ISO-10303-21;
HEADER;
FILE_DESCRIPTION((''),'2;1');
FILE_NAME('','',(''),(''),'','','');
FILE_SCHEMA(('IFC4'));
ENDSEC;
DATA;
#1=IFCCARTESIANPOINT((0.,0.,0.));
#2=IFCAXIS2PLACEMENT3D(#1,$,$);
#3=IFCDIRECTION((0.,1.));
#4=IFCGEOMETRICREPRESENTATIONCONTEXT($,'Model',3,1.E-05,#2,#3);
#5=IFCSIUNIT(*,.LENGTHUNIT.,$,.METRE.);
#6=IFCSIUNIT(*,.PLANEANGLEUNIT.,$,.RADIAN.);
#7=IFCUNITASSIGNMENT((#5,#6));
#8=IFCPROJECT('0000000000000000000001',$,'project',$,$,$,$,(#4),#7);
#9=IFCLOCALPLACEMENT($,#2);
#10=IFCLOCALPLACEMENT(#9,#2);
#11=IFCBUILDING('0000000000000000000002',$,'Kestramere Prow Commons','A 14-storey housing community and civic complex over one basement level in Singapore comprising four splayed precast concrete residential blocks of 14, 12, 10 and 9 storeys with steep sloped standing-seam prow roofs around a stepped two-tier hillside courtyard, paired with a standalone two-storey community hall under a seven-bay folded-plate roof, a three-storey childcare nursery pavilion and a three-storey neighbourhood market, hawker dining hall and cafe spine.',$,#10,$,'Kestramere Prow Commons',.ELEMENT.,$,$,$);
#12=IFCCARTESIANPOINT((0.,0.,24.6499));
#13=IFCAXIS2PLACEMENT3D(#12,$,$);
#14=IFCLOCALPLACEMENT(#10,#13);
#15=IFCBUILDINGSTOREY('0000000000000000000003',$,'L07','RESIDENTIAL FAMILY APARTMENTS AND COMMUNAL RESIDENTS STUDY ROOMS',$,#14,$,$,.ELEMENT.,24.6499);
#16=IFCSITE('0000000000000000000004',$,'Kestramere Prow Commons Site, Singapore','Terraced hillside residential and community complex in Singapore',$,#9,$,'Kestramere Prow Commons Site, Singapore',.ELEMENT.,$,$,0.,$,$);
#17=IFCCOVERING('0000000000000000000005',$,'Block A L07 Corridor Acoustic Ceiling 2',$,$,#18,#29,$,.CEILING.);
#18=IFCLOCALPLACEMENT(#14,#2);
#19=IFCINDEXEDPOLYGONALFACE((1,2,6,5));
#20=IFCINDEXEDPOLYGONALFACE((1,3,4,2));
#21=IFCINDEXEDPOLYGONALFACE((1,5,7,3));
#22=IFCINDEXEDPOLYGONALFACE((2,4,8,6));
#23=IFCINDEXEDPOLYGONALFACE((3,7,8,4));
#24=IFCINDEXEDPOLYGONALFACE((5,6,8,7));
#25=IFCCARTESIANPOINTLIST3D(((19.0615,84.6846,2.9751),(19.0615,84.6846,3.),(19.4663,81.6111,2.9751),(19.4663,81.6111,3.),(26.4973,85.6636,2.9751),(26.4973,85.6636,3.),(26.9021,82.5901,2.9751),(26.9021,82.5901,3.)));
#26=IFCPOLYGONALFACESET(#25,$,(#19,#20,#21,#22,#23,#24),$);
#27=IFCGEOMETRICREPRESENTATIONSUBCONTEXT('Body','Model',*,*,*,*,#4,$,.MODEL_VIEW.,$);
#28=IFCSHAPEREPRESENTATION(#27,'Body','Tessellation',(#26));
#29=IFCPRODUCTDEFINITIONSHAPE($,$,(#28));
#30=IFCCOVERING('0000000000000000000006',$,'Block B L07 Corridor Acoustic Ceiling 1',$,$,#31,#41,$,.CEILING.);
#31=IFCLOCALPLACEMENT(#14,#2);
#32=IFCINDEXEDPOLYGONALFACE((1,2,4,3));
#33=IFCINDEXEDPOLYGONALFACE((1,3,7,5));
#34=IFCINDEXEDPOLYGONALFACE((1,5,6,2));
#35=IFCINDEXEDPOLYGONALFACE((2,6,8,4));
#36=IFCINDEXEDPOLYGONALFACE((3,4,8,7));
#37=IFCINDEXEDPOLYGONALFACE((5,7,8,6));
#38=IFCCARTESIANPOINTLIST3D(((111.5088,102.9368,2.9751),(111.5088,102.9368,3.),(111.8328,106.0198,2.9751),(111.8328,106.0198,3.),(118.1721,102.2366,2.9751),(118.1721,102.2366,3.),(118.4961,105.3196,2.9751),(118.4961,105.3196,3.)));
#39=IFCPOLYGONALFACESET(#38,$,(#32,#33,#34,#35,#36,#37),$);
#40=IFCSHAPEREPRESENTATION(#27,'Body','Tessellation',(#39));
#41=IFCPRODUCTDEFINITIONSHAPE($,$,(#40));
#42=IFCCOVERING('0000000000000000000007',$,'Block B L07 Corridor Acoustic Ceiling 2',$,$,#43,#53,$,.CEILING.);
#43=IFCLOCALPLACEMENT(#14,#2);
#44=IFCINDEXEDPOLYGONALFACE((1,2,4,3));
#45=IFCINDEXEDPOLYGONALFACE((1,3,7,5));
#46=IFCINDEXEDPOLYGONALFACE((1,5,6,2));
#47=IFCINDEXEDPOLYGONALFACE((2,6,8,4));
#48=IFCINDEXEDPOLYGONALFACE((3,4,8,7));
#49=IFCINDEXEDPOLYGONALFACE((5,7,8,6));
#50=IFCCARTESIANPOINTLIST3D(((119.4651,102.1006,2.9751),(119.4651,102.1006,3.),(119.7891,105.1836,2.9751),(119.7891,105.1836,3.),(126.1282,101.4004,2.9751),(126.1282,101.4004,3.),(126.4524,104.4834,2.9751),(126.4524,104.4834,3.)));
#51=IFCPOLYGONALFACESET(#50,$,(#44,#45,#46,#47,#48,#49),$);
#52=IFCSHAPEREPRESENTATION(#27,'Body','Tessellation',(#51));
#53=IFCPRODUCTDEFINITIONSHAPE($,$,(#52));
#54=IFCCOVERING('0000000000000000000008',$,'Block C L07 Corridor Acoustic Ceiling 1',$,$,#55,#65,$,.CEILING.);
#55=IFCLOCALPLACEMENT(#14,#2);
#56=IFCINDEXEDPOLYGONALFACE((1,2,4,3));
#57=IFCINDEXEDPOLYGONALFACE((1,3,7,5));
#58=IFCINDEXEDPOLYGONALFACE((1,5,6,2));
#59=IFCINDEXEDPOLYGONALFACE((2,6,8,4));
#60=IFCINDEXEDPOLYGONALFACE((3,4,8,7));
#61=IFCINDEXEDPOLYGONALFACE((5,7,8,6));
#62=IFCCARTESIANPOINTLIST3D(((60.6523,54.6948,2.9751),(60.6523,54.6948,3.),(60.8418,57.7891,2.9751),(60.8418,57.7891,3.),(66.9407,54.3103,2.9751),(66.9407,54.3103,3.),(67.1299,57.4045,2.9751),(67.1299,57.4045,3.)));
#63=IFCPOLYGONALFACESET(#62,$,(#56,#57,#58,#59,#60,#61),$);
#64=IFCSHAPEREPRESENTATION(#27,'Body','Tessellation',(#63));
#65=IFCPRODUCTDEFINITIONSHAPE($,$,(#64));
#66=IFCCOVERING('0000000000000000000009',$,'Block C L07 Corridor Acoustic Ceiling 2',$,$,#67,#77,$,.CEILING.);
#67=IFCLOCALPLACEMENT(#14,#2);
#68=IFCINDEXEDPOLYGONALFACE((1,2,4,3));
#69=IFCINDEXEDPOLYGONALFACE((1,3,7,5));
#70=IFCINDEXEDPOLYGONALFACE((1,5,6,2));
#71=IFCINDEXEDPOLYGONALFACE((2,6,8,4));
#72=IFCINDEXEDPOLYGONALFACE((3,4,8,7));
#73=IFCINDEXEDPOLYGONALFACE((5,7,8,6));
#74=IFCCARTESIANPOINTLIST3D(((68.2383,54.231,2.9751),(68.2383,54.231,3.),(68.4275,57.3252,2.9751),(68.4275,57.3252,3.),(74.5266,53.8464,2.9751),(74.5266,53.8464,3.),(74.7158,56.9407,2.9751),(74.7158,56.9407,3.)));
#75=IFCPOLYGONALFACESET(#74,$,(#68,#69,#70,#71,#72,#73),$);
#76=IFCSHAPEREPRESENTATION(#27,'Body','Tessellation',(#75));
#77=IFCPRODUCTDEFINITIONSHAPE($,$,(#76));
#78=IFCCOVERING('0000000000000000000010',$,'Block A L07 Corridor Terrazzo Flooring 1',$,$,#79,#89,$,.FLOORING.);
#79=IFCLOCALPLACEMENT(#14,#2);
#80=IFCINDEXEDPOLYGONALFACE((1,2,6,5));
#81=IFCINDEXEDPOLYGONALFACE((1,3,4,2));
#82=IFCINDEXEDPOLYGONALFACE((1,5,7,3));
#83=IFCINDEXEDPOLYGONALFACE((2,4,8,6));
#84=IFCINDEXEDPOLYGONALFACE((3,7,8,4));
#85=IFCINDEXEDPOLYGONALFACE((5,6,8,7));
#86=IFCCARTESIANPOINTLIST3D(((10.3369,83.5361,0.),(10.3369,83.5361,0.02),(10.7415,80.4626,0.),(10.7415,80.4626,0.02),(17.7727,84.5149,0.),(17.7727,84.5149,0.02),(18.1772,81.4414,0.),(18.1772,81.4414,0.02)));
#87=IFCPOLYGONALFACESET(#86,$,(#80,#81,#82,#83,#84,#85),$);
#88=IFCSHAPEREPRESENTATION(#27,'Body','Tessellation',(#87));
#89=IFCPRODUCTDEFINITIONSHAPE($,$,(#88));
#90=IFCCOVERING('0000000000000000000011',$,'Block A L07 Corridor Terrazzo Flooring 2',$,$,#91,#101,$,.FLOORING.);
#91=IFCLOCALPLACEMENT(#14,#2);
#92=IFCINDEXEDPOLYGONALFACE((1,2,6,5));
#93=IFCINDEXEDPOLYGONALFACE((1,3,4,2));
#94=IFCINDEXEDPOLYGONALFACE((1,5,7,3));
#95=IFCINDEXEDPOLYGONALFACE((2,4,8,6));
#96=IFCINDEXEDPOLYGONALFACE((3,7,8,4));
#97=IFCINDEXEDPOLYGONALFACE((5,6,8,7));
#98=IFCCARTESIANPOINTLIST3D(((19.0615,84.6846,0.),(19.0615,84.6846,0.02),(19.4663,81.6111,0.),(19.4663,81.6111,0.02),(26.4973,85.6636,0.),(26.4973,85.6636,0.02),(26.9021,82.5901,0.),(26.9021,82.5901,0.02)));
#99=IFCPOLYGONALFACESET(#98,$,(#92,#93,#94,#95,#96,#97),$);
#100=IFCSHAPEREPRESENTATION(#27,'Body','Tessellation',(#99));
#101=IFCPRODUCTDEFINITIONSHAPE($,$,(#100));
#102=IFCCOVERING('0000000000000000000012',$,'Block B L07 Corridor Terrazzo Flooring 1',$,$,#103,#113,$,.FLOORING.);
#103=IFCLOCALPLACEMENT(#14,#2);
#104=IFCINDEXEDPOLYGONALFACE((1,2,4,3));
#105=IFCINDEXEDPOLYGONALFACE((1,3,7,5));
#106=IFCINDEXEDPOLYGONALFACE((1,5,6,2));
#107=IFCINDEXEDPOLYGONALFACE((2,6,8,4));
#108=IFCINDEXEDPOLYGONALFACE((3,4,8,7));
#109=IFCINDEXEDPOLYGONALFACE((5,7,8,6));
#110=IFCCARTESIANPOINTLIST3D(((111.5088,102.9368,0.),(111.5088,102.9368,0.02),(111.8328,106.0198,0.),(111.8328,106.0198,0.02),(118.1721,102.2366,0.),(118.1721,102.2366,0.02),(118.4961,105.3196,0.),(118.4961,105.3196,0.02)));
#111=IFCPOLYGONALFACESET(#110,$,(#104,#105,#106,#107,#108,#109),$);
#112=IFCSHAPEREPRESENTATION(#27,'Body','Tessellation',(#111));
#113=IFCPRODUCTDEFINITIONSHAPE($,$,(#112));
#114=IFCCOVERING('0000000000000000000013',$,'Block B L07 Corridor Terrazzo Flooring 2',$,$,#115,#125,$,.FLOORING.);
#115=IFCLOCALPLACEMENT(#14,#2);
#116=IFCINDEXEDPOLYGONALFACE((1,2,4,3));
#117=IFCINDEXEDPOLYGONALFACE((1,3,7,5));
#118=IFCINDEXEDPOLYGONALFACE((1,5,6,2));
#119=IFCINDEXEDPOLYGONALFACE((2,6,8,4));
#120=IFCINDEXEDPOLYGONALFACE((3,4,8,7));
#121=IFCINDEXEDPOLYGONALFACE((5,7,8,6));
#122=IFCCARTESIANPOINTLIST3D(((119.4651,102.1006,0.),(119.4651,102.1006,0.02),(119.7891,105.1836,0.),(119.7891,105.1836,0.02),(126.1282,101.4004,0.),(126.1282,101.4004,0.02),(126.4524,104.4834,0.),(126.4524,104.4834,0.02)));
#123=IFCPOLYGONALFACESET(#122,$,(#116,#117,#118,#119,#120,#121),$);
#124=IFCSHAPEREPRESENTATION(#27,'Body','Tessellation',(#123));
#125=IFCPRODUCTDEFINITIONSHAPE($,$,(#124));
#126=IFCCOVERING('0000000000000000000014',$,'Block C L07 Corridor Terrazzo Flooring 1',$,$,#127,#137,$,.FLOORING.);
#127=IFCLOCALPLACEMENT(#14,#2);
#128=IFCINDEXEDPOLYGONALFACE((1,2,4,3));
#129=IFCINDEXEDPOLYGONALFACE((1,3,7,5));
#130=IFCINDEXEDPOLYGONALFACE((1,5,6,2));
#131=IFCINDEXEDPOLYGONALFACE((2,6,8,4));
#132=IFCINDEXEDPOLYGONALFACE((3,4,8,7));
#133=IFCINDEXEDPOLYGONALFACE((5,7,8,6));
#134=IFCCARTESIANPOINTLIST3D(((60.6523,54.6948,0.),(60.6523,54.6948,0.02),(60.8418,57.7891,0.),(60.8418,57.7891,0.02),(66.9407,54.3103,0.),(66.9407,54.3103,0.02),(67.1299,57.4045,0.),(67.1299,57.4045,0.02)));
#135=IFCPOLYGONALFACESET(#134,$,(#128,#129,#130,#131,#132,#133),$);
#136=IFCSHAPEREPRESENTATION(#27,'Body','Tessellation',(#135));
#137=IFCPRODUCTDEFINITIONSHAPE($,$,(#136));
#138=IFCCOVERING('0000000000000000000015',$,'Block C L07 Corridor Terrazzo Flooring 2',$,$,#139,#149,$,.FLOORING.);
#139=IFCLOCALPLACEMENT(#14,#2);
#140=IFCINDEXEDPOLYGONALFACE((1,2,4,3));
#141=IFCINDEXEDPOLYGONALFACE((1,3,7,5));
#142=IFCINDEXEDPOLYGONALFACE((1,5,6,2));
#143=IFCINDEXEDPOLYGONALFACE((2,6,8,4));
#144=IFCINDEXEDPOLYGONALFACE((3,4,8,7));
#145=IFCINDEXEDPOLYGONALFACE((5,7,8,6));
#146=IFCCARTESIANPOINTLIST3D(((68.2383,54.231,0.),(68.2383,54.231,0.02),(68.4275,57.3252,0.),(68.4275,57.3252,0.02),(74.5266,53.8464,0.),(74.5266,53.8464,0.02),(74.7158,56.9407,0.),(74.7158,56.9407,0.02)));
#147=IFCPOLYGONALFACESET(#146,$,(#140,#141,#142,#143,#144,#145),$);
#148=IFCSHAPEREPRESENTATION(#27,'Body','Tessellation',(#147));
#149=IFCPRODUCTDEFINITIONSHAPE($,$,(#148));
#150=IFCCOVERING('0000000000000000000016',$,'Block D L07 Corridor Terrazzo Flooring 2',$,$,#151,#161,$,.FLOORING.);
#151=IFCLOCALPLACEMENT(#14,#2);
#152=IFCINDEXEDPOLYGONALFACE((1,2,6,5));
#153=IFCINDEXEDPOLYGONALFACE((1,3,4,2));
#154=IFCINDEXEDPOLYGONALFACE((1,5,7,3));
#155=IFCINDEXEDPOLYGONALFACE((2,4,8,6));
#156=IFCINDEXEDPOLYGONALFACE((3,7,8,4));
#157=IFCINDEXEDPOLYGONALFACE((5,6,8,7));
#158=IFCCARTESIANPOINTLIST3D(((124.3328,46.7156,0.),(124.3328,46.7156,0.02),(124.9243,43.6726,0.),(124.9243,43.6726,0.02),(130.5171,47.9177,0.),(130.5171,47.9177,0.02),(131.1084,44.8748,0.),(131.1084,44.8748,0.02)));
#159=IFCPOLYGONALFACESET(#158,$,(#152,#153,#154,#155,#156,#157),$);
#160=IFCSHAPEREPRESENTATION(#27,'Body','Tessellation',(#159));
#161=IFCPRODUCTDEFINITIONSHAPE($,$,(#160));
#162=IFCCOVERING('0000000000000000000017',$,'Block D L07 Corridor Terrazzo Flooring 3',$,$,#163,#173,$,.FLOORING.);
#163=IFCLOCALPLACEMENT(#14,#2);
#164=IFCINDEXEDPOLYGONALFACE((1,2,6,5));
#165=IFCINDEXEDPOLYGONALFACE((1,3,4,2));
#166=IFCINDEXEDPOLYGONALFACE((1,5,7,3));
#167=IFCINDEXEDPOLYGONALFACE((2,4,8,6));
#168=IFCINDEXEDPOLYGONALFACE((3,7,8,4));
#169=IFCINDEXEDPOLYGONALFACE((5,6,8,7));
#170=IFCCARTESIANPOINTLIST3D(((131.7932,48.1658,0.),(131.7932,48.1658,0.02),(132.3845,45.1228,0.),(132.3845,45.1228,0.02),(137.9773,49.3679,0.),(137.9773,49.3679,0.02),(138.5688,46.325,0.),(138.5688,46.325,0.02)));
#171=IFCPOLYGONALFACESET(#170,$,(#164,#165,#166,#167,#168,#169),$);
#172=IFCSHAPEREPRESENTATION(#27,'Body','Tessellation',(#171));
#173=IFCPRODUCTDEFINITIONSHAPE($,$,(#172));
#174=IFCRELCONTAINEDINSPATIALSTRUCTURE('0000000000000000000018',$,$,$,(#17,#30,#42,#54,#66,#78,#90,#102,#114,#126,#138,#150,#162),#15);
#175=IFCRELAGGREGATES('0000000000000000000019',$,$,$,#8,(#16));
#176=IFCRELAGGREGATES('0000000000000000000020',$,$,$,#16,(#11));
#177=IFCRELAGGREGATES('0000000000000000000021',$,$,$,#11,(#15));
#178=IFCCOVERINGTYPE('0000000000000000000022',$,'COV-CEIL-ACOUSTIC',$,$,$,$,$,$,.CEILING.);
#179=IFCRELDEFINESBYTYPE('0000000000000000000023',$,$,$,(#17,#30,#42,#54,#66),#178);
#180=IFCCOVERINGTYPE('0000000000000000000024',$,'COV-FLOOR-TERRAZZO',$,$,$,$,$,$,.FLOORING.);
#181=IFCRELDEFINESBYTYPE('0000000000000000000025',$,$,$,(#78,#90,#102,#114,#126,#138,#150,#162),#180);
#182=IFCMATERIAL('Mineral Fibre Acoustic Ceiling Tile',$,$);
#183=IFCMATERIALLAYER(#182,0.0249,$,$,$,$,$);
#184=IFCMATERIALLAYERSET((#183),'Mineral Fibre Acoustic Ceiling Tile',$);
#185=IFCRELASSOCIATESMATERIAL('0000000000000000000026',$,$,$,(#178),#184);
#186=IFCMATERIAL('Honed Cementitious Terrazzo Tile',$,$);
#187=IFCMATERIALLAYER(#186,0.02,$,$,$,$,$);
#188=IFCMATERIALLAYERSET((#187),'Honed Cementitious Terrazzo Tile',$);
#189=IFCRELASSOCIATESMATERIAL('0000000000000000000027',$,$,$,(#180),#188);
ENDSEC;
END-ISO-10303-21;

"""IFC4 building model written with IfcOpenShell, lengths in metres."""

from ifc_helpers import new_model, si_unit, direction, frame, origin, place, context, subcontext, project, spatial, polyline, outline, extrude, material, layer, layer_set, type_object, element, save


model = new_model("IFC4")

# Units and contexts
model_context = context("Model", 3, precision=1e-05, world=origin(), true_north=direction((0.0, 1.0)))
body_context = subcontext(model_context, "Body", "Model", "MODEL_VIEW")
ifc_project = project(units=[si_unit("LENGTHUNIT", "METRE"), si_unit("PLANEANGLEUNIT", "RADIAN")], contexts=[model_context])

# Site, building, storey
site_placement = place(None, origin())
site = spatial("IfcSite", under=ifc_project, at=site_placement, Name="Kestramere Prow Commons Site, Singapore", Description="Terraced hillside residential and community complex in Singapore", LongName="Kestramere Prow Commons Site, Singapore", CompositionType="ELEMENT", RefElevation=0.0)
building_placement = place(site_placement, origin())
building = spatial("IfcBuilding", under=site, at=building_placement, Name="Kestramere Prow Commons", Description="A 14-storey housing community and civic complex over one basement level in Singapore comprising four splayed precast concrete residential blocks of 14, 12, 10 and 9 storeys with steep sloped standing-seam prow roofs around a stepped two-tier hillside courtyard, paired with a standalone two-storey community hall under a seven-bay folded-plate roof, a three-storey childcare nursery pavilion and a three-storey neighbourhood market, hawker dining hall and cafe spine.", LongName="Kestramere Prow Commons", CompositionType="ELEMENT")
storey_placement = place(building_placement, frame((0.0, 0.0, 24.6499)))
storey = spatial("IfcBuildingStorey", under=building, at=storey_placement, Name="L07", Description="RESIDENTIAL FAMILY APARTMENTS AND COMMUNAL RESIDENTS STUDY ROOMS", CompositionType="ELEMENT", Elevation=24.6499)

# Coverings
ifc_material_1 = material(Name="Mineral Fibre Acoustic Ceiling Tile")
ifc_layer_1 = layer(ifc_material_1, 0.0249)
ifc_layer_set_1 = layer_set([ifc_layer_1], Name="Mineral Fibre Acoustic Ceiling Tile")
covering_type_1 = type_object("IfcCoveringType", Name="COV-CEIL-ACOUSTIC", PredefinedType="CEILING", material=ifc_layer_set_1)
covering_1_placement = place(storey_placement, frame((0.0, 0.0, 2.9751)))
element("IfcCovering", 1, at=covering_1_placement, inside=storey, type_object=covering_type_1, Name="Block A L07 Corridor Acoustic Ceiling 2", PredefinedType="CEILING", context=body_context, shape_type="SweptSolid", body=[
    extrude(outline(polyline([(19.4663, 81.6111), (26.9021, 82.5901), (26.4973, 85.6636), (19.0615, 84.6846), (19.4663, 81.6111)])), origin(), (0.0, 0.0, 1.0), 0.0249),
])
covering_2_placement = place(storey_placement, frame((0.0, 0.0, 2.9751)))
element("IfcCovering", 2, at=covering_2_placement, inside=storey, type_object=covering_type_1, Name="Block B L07 Corridor Acoustic Ceiling 1", PredefinedType="CEILING", context=body_context, shape_type="SweptSolid", body=[
    extrude(outline(polyline([(111.5088, 102.9368), (118.1721, 102.2366), (118.4961, 105.3196), (111.8328, 106.0198), (111.5088, 102.9368)])), origin(), (0.0, 0.0, 1.0), 0.0249),
])
covering_3_placement = place(storey_placement, frame((0.0, 0.0, 2.9751)))
element("IfcCovering", 3, at=covering_3_placement, inside=storey, type_object=covering_type_1, Name="Block B L07 Corridor Acoustic Ceiling 2", PredefinedType="CEILING", context=body_context, shape_type="SweptSolid", body=[
    extrude(outline(polyline([(119.4651, 102.1006), (126.1282, 101.4004), (126.4524, 104.4834), (119.7891, 105.1836), (119.4651, 102.1006)])), origin(), (0.0, 0.0, 1.0), 0.0249),
])
covering_4_placement = place(storey_placement, frame((0.0, 0.0, 2.9751)))
element("IfcCovering", 4, at=covering_4_placement, inside=storey, type_object=covering_type_1, Name="Block C L07 Corridor Acoustic Ceiling 1", PredefinedType="CEILING", context=body_context, shape_type="SweptSolid", body=[
    extrude(outline(polyline([(60.6523, 54.6948), (66.9407, 54.3103), (67.1299, 57.4045), (60.8418, 57.7891), (60.6523, 54.6948)])), origin(), (0.0, 0.0, 1.0), 0.0249),
])
covering_5_placement = place(storey_placement, frame((0.0, 0.0, 2.9751)))
element("IfcCovering", 5, at=covering_5_placement, inside=storey, type_object=covering_type_1, Name="Block C L07 Corridor Acoustic Ceiling 2", PredefinedType="CEILING", context=body_context, shape_type="SweptSolid", body=[
    extrude(outline(polyline([(68.2383, 54.231), (74.5266, 53.8464), (74.7158, 56.9407), (68.4275, 57.3252), (68.2383, 54.231)])), origin(), (0.0, 0.0, 1.0), 0.0249),
])
ifc_material_2 = material(Name="Honed Cementitious Terrazzo Tile")
ifc_layer_2 = layer(ifc_material_2, 0.02)
ifc_layer_set_2 = layer_set([ifc_layer_2], Name="Honed Cementitious Terrazzo Tile")
covering_type_2 = type_object("IfcCoveringType", Name="COV-FLOOR-TERRAZZO", PredefinedType="FLOORING", material=ifc_layer_set_2)
covering_6_placement = place(storey_placement, origin())
element("IfcCovering", 6, at=covering_6_placement, inside=storey, type_object=covering_type_2, Name="Block A L07 Corridor Terrazzo Flooring 1", PredefinedType="FLOORING", context=body_context, shape_type="SweptSolid", body=[
    extrude(outline(polyline([(10.7415, 80.4626), (18.1772, 81.4414), (17.7727, 84.5149), (10.3369, 83.5361), (10.7415, 80.4626)])), origin(), (0.0, 0.0, 1.0), 0.02),
])
covering_7_placement = place(storey_placement, origin())
element("IfcCovering", 7, at=covering_7_placement, inside=storey, type_object=covering_type_2, Name="Block A L07 Corridor Terrazzo Flooring 2", PredefinedType="FLOORING", context=body_context, shape_type="SweptSolid", body=[
    extrude(outline(polyline([(19.4663, 81.6111), (26.9021, 82.5901), (26.4973, 85.6636), (19.0615, 84.6846), (19.4663, 81.6111)])), origin(), (0.0, 0.0, 1.0), 0.02),
])
covering_8_placement = place(storey_placement, origin())
element("IfcCovering", 8, at=covering_8_placement, inside=storey, type_object=covering_type_2, Name="Block B L07 Corridor Terrazzo Flooring 1", PredefinedType="FLOORING", context=body_context, shape_type="SweptSolid", body=[
    extrude(outline(polyline([(111.5088, 102.9368), (118.1721, 102.2366), (118.4961, 105.3196), (111.8328, 106.0198), (111.5088, 102.9368)])), origin(), (0.0, 0.0, 1.0), 0.02),
])
covering_9_placement = place(storey_placement, origin())
element("IfcCovering", 9, at=covering_9_placement, inside=storey, type_object=covering_type_2, Name="Block B L07 Corridor Terrazzo Flooring 2", PredefinedType="FLOORING", context=body_context, shape_type="SweptSolid", body=[
    extrude(outline(polyline([(119.4651, 102.1006), (126.1282, 101.4004), (126.4524, 104.4834), (119.7891, 105.1836), (119.4651, 102.1006)])), origin(), (0.0, 0.0, 1.0), 0.02),
])
covering_10_placement = place(storey_placement, origin())
element("IfcCovering", 10, at=covering_10_placement, inside=storey, type_object=covering_type_2, Name="Block C L07 Corridor Terrazzo Flooring 1", PredefinedType="FLOORING", context=body_context, shape_type="SweptSolid", body=[
    extrude(outline(polyline([(60.6523, 54.6948), (66.9407, 54.3103), (67.1299, 57.4045), (60.8418, 57.7891), (60.6523, 54.6948)])), origin(), (0.0, 0.0, 1.0), 0.02),
])
covering_11_placement = place(storey_placement, origin())
element("IfcCovering", 11, at=covering_11_placement, inside=storey, type_object=covering_type_2, Name="Block C L07 Corridor Terrazzo Flooring 2", PredefinedType="FLOORING", context=body_context, shape_type="SweptSolid", body=[
    extrude(outline(polyline([(68.2383, 54.231), (74.5266, 53.8464), (74.7158, 56.9407), (68.4275, 57.3252), (68.2383, 54.231)])), origin(), (0.0, 0.0, 1.0), 0.02),
])
covering_12_placement = place(storey_placement, origin())
element("IfcCovering", 12, at=covering_12_placement, inside=storey, type_object=covering_type_2, Name="Block D L07 Corridor Terrazzo Flooring 2", PredefinedType="FLOORING", context=body_context, shape_type="SweptSolid", body=[
    extrude(outline(polyline([(124.9243, 43.6726), (131.1084, 44.8748), (130.5171, 47.9177), (124.3328, 46.7156), (124.9243, 43.6726)])), origin(), (0.0, 0.0, 1.0), 0.02),
])
covering_13_placement = place(storey_placement, origin())
element("IfcCovering", 13, at=covering_13_placement, inside=storey, type_object=covering_type_2, Name="Block D L07 Corridor Terrazzo Flooring 3", PredefinedType="FLOORING", context=body_context, shape_type="SweptSolid", body=[
    extrude(outline(polyline([(132.3845, 45.1228), (138.5688, 46.325), (137.9773, 49.3679), (131.7932, 48.1658), (132.3845, 45.1228)])), origin(), (0.0, 0.0, 1.0), 0.02),
])

save(model, "model.ifc")
